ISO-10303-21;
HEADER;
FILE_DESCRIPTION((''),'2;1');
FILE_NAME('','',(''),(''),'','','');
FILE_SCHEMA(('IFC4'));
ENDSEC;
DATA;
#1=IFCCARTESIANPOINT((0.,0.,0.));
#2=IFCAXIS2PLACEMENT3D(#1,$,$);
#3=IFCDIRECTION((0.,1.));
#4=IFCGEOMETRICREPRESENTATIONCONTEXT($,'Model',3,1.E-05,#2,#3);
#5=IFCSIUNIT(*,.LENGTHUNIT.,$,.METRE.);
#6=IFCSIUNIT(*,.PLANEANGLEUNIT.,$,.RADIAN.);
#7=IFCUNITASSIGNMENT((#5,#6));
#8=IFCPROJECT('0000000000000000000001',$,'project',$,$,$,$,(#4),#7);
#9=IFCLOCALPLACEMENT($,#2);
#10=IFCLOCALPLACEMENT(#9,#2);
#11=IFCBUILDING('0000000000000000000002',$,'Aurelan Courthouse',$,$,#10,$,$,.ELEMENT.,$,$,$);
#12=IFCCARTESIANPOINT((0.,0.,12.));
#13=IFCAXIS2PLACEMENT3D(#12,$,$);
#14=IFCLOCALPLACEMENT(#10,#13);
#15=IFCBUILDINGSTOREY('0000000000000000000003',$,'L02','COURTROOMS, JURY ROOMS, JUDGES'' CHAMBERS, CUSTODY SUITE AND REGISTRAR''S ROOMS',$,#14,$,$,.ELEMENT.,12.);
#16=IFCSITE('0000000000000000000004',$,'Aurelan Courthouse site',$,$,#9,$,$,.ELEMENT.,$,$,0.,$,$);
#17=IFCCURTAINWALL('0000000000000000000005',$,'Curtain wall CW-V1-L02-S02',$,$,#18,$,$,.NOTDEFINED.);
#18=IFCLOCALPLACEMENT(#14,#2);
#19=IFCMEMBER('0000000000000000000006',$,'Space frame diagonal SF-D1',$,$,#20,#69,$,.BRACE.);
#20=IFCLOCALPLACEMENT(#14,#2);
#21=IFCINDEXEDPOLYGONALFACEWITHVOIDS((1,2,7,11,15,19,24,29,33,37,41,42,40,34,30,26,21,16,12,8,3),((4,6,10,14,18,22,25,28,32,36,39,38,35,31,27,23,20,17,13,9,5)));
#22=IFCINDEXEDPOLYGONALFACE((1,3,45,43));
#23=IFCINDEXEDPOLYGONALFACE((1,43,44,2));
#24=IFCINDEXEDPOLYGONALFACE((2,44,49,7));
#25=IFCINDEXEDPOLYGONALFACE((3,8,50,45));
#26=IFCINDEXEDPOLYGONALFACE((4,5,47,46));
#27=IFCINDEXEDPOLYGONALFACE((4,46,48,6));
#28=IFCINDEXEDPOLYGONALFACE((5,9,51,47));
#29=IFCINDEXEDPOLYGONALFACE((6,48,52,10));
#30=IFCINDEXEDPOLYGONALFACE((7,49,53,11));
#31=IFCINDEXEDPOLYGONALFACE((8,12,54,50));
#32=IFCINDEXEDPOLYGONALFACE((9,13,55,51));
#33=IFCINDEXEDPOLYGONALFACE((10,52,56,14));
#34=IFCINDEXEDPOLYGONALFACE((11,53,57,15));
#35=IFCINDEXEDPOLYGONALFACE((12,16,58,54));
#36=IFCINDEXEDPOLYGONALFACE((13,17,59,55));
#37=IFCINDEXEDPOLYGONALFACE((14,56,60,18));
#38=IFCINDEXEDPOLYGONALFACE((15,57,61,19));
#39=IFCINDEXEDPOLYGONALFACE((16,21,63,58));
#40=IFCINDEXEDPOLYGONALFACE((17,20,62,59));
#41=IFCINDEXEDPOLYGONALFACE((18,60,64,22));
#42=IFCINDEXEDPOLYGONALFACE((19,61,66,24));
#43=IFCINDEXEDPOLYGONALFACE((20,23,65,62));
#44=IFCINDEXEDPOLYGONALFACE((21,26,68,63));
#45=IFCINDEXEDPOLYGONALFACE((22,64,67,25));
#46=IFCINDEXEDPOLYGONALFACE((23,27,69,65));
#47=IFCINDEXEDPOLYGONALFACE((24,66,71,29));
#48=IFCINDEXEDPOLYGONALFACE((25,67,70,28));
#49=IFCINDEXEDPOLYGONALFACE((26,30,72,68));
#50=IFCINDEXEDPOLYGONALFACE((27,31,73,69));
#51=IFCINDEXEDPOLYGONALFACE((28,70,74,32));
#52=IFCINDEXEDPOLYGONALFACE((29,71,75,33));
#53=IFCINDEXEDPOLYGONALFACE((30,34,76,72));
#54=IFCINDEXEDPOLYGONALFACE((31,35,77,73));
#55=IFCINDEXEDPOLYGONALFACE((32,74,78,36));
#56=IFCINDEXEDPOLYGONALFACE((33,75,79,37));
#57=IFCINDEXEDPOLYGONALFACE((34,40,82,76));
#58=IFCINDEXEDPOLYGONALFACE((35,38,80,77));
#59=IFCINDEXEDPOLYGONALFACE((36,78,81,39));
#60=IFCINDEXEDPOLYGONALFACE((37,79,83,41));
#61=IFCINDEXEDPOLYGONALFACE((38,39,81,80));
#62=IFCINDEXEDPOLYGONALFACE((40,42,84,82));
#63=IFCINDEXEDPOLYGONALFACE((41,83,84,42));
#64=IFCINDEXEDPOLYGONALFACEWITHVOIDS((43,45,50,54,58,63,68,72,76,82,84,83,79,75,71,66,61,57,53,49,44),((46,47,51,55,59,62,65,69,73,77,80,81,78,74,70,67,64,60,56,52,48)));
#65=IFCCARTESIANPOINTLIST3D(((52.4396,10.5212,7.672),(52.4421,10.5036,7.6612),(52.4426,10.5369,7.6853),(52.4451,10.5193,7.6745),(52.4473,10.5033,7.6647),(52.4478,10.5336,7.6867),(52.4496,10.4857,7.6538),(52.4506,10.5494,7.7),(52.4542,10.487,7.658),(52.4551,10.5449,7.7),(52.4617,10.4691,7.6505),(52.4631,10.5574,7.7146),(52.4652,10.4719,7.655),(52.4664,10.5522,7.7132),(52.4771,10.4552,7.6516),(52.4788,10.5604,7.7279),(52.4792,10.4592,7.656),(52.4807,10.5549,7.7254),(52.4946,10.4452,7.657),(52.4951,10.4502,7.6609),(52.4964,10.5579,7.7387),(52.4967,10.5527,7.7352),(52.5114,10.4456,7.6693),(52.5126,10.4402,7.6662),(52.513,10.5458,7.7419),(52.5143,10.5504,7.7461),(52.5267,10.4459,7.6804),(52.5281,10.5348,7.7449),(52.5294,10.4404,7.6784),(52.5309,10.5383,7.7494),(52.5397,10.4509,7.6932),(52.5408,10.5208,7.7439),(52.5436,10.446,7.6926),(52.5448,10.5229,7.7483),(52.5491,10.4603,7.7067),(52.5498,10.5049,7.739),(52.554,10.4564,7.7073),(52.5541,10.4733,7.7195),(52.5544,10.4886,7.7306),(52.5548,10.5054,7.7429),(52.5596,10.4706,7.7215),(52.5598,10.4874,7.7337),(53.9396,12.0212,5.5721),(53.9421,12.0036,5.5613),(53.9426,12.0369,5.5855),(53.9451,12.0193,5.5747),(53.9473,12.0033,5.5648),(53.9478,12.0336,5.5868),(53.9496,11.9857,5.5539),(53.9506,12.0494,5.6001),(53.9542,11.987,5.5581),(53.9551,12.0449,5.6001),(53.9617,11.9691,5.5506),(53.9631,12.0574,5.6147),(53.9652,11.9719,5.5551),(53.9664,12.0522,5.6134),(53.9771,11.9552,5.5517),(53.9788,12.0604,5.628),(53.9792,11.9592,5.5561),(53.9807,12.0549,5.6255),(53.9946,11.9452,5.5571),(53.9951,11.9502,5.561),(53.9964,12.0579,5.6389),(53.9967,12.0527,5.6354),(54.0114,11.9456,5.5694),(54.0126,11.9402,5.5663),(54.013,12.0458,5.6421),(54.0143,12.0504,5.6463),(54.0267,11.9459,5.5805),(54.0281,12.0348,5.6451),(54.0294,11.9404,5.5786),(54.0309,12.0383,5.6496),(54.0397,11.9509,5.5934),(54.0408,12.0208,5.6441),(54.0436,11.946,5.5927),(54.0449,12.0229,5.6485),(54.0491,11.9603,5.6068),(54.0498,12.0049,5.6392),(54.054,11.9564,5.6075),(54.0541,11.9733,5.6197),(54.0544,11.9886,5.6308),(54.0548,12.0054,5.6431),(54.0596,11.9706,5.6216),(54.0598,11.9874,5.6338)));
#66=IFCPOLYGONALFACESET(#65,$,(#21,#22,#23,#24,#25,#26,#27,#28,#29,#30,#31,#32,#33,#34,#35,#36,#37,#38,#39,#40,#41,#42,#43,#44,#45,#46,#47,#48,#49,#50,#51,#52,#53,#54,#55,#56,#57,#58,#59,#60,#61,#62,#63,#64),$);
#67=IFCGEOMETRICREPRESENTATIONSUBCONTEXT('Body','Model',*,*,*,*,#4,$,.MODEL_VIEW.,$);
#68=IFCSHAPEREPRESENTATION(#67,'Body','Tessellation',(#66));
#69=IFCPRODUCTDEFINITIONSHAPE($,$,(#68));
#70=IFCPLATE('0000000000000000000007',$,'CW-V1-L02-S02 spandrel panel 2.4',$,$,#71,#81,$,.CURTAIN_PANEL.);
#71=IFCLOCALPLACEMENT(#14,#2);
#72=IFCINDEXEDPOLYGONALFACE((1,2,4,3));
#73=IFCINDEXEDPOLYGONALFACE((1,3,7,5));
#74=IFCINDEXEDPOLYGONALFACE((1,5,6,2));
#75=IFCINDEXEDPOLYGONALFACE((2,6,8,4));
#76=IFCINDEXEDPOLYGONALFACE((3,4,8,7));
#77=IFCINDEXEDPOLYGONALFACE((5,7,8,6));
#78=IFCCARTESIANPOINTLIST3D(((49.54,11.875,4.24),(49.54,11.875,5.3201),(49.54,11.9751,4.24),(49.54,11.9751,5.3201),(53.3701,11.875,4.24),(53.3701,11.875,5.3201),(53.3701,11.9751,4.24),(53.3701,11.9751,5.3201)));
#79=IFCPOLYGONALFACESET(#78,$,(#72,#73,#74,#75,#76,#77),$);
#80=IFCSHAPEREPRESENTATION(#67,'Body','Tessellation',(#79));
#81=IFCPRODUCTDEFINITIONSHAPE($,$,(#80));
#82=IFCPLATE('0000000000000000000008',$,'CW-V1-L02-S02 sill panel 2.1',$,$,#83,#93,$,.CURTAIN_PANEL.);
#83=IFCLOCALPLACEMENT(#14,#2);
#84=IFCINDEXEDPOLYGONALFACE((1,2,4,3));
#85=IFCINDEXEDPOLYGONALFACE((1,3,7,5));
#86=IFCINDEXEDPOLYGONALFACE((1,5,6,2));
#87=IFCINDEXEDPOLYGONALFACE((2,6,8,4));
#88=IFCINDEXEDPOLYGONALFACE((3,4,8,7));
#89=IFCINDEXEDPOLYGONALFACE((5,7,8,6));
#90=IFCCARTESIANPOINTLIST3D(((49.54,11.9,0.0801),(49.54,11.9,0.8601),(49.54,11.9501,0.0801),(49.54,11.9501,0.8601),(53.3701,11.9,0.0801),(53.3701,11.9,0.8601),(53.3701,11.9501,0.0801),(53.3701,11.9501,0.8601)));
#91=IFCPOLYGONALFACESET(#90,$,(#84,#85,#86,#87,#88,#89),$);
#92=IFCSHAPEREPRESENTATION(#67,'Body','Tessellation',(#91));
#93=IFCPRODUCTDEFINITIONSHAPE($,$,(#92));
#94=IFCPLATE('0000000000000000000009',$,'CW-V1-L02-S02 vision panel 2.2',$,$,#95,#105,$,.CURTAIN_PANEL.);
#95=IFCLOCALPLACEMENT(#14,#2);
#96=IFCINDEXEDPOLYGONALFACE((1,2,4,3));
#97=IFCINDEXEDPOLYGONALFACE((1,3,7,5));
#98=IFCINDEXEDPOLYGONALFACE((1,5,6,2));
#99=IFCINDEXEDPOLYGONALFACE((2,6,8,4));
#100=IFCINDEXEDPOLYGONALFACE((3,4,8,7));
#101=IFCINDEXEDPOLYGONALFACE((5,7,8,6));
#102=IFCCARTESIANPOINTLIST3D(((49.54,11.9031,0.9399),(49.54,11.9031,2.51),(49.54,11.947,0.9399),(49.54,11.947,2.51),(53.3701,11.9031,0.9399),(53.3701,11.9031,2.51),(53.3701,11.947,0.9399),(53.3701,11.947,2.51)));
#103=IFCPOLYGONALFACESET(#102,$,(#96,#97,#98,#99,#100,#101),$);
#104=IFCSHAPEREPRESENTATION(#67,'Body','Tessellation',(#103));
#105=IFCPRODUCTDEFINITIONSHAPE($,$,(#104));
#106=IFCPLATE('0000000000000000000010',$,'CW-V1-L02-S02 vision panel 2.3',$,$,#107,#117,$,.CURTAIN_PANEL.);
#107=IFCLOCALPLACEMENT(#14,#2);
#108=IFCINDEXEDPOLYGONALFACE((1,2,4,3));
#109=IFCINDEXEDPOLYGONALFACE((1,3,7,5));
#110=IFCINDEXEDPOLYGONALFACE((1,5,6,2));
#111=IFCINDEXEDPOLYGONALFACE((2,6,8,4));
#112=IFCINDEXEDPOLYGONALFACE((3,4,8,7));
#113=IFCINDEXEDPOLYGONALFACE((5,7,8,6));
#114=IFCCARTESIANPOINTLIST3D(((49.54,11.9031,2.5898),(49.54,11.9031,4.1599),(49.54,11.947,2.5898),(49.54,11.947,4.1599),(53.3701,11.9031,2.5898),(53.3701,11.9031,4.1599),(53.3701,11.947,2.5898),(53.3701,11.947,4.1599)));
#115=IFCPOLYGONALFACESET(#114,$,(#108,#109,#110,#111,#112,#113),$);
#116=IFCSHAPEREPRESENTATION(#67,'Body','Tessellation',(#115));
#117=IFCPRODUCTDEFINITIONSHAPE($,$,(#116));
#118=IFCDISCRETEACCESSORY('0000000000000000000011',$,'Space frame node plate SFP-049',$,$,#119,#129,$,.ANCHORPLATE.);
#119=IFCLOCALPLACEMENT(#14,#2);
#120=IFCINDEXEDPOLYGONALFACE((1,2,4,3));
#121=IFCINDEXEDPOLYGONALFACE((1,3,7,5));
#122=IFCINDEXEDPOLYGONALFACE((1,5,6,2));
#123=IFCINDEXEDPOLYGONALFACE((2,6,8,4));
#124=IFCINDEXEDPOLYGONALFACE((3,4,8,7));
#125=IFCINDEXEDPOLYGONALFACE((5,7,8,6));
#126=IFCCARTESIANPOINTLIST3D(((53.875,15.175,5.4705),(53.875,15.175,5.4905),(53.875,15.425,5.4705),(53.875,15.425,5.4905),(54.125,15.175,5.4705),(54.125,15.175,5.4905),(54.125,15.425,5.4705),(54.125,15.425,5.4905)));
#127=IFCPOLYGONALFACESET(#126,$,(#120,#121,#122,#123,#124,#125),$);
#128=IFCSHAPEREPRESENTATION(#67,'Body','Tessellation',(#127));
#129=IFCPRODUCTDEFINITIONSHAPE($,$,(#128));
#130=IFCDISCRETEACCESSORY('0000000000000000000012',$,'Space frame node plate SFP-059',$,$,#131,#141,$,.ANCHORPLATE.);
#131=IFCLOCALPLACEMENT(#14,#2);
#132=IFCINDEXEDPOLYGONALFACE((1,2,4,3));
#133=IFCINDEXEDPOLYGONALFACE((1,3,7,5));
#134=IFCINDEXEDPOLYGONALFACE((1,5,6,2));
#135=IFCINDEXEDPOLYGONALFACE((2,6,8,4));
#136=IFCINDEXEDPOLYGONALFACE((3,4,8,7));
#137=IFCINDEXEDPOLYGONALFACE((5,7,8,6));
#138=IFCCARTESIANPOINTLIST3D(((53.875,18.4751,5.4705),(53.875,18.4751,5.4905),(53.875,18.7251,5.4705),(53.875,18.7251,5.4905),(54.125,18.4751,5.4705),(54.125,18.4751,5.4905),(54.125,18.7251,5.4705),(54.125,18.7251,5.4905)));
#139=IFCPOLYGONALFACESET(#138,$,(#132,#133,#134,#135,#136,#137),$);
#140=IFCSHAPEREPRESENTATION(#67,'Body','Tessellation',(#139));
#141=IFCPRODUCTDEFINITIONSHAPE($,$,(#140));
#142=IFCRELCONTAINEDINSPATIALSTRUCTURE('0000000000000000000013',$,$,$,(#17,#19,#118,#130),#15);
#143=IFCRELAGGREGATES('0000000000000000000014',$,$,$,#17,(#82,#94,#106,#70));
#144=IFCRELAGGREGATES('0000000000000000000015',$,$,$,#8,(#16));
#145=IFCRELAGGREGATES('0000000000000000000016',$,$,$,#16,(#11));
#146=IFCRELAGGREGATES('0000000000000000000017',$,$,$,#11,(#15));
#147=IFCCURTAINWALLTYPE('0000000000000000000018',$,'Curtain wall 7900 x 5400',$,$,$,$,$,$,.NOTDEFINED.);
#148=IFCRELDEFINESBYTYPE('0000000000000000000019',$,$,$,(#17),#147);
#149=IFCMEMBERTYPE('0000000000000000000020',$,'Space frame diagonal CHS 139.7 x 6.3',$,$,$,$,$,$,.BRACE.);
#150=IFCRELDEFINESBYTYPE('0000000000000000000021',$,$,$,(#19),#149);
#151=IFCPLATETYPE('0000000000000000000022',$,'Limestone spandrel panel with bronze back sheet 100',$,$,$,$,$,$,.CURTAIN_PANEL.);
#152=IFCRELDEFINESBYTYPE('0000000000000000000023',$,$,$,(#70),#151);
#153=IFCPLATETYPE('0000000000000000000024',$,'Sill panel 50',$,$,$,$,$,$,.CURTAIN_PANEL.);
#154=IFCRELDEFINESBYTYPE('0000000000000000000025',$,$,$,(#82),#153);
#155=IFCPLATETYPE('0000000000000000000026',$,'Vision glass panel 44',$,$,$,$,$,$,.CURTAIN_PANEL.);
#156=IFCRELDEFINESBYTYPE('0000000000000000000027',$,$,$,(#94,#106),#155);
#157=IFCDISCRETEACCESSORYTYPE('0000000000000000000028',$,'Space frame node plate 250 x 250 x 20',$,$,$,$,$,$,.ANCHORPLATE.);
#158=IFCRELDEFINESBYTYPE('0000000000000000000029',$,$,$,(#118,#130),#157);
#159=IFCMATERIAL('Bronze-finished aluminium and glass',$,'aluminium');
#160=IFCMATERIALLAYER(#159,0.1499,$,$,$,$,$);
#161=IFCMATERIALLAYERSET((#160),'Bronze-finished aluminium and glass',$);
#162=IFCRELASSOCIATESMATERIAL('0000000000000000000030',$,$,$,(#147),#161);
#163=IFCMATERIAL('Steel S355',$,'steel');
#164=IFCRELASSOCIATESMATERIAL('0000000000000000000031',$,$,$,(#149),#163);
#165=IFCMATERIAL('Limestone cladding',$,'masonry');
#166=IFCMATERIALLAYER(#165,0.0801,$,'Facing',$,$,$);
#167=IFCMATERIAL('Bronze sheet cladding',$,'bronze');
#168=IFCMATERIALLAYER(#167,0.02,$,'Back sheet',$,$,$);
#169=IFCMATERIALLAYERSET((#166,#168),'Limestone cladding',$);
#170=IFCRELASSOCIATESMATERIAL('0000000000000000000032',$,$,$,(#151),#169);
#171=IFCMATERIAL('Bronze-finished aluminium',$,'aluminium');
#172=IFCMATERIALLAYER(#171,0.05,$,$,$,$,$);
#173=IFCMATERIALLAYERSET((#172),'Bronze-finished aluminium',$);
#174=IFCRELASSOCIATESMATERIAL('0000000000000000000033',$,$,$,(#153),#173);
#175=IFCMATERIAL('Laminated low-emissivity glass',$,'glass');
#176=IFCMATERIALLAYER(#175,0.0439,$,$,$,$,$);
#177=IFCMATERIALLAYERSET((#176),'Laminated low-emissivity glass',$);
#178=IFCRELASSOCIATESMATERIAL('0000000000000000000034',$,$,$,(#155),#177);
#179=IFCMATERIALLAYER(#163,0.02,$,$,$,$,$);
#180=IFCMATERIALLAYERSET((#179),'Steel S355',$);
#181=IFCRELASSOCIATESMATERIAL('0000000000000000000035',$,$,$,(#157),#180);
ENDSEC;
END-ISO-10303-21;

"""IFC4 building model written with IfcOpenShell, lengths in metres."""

from ifc_helpers import new_model, si_unit, direction, frame, origin, origin_2d, place, context, subcontext, project, spatial, rectangle, hollow_circle, extrude, material, layer, layer_set, material_profile, profile_set, type_object, element, aggregate, save


model = new_model("IFC4")

# Units and contexts
model_context = context("Model", 3, precision=1e-05, world=origin(), true_north=direction((0.0, 1.0)))
body_context = subcontext(model_context, "Body", "Model", "MODEL_VIEW")
ifc_project = project(units=[si_unit("LENGTHUNIT", "METRE"), si_unit("PLANEANGLEUNIT", "RADIAN")], contexts=[model_context])

# Site, building, storey
site_placement = place(None, origin())
site = spatial("IfcSite", under=ifc_project, at=site_placement, Name="Aurelan Courthouse site", CompositionType="ELEMENT", RefElevation=0.0)
building_placement = place(site_placement, origin())
building = spatial("IfcBuilding", under=site, at=building_placement, Name="Aurelan Courthouse", CompositionType="ELEMENT")
storey_placement = place(building_placement, frame((0.0, 0.0, 12.0)))
storey = spatial("IfcBuildingStorey", under=building, at=storey_placement, Name="L02", Description="COURTROOMS, JURY ROOMS, JUDGES' CHAMBERS, CUSTODY SUITE AND REGISTRAR'S ROOMS", CompositionType="ELEMENT", Elevation=12.0)

# Shared definitions
ifc_material_1 = material(Name="Steel S355", Category="steel")

# Curtain wall
ifc_material_2 = material(Name="Bronze-finished aluminium and glass", Category="aluminium")
ifc_layer_1 = layer(ifc_material_2, 0.1499)
ifc_layer_set_1 = layer_set([ifc_layer_1], Name="Bronze-finished aluminium and glass")
curtain_wall_type = type_object("IfcCurtainWallType", Name="Curtain wall 7900 x 5400", PredefinedType="NOTDEFINED", material=ifc_layer_set_1)
curtain_wall_1_placement = place(storey_placement, origin())
curtain_wall_1 = element("IfcCurtainWall", 1, at=curtain_wall_1_placement, inside=storey, type_object=curtain_wall_type, Name="Curtain wall CW-V1-L02-S02", PredefinedType="NOTDEFINED")
ifc_material_3 = material(Name="Bronze-finished aluminium", Category="aluminium")

# Member
ifc_material_profile_1 = material_profile(ifc_material_1, hollow_circle(Radius=0.0698, WallThickness=0.0063, at=origin_2d()), Name="CHS 139.7 x 6.3")
ifc_profile_set_1 = profile_set([ifc_material_profile_1], Name="Steel S355")
member_type_1 = type_object("IfcMemberType", Name="Space frame diagonal CHS 139.7 x 6.3", PredefinedType="BRACE", material=ifc_profile_set_1)
member_1_placement = place(storey_placement, frame((52.5, 10.5, 7.7), z_axis=(0.502536, 0.502536, -0.703502), x_axis=(-0.707107, 0.707107, 0.0)))
element("IfcMember", 2, at=member_1_placement, inside=storey, type_object=member_type_1, Name="Space frame diagonal SF-D1", PredefinedType="BRACE", context=body_context, shape_type="SweptSolid", body=[
    extrude(hollow_circle(Radius=0.0698, WallThickness=0.0063, at=origin_2d()), origin(), (0.0, 0.0, 1.0), 2.9849),
])

# Plates
ifc_material_4 = material(Name="Limestone cladding", Category="masonry")
ifc_layer_2 = layer(ifc_material_4, 0.0801, Name="Facing")
ifc_material_5 = material(Name="Bronze sheet cladding", Category="bronze")
ifc_layer_3 = layer(ifc_material_5, 0.02, Name="Back sheet")
ifc_layer_set_2 = layer_set([ifc_layer_2, ifc_layer_3], Name="Limestone cladding")
plate_type_1 = type_object("IfcPlateType", Name="Limestone spandrel panel with bronze back sheet 100", PredefinedType="CURTAIN_PANEL", material=ifc_layer_set_2)
plate_1_placement = place(storey_placement, frame((51.4551, 11.925, 4.24), z_axis=(0.0, 0.0, 1.0), x_axis=(1.0, 0.0, 0.0)))
plate_1 = element("IfcPlate", 3, at=plate_1_placement, type_object=plate_type_1, Name="CW-V1-L02-S02 spandrel panel 2.4", PredefinedType="CURTAIN_PANEL", context=body_context, shape_type="SweptSolid", body=[
    extrude(rectangle(XDim=3.8301, YDim=0.1001, at=origin_2d()), origin(), (0.0, 0.0, 1.0), 1.0801),
])
ifc_layer_4 = layer(ifc_material_3, 0.05)
ifc_layer_set_3 = layer_set([ifc_layer_4], Name="Bronze-finished aluminium")
plate_type_2 = type_object("IfcPlateType", Name="Sill panel 50", PredefinedType="CURTAIN_PANEL", material=ifc_layer_set_3)
plate_2_placement = place(storey_placement, frame((51.4551, 11.925, 0.0801), z_axis=(0.0, 0.0, 1.0), x_axis=(1.0, 0.0, 0.0)))
plate_2 = element("IfcPlate", 4, at=plate_2_placement, type_object=plate_type_2, Name="CW-V1-L02-S02 sill panel 2.1", PredefinedType="CURTAIN_PANEL", context=body_context, shape_type="SweptSolid", body=[
    extrude(rectangle(XDim=3.8301, YDim=0.05, at=origin_2d()), origin(), (0.0, 0.0, 1.0), 0.78),
])
ifc_material_6 = material(Name="Laminated low-emissivity glass", Category="glass")
ifc_layer_5 = layer(ifc_material_6, 0.0439)
ifc_layer_set_4 = layer_set([ifc_layer_5], Name="Laminated low-emissivity glass")
plate_type_3 = type_object("IfcPlateType", Name="Vision glass panel 44", PredefinedType="CURTAIN_PANEL", material=ifc_layer_set_4)
plate_3_placement = place(storey_placement, frame((51.4551, 11.925, 0.9399), z_axis=(0.0, 0.0, 1.0), x_axis=(1.0, 0.0, 0.0)))
plate_3 = element("IfcPlate", 5, at=plate_3_placement, type_object=plate_type_3, Name="CW-V1-L02-S02 vision panel 2.2", PredefinedType="CURTAIN_PANEL", context=body_context, shape_type="SweptSolid", body=[
    extrude(rectangle(XDim=3.8301, YDim=0.0439, at=origin_2d()), origin(), (0.0, 0.0, 1.0), 1.5701),
])
plate_4_placement = place(storey_placement, frame((51.4551, 11.925, 2.5898), z_axis=(0.0, 0.0, 1.0), x_axis=(1.0, 0.0, 0.0)))
plate_4 = element("IfcPlate", 6, at=plate_4_placement, type_object=plate_type_3, Name="CW-V1-L02-S02 vision panel 2.3", PredefinedType="CURTAIN_PANEL", context=body_context, shape_type="SweptSolid", body=[
    extrude(rectangle(XDim=3.8301, YDim=0.0439, at=origin_2d()), origin(), (0.0, 0.0, 1.0), 1.5701),
])
aggregate(curtain_wall_1, [plate_2, plate_3, plate_4, plate_1])

# Discrete accessories
ifc_layer_6 = layer(ifc_material_1, 0.02)
ifc_layer_set_5 = layer_set([ifc_layer_6], Name="Steel S355")
discrete_accessory_type = type_object("IfcDiscreteAccessoryType", Name="Space frame node plate 250 x 250 x 20", PredefinedType="ANCHORPLATE", material=ifc_layer_set_5)
for number, where, z_axis, x_axis, name in (
    (7, (54.0, 15.3, 5.4705), (0.0, 0.0, 1.0), (1.0, 0.0, 0.0), "Space frame node plate SFP-049"),
    (8, (54.0, 18.6001, 5.4705), (0.0, 0.0, 1.0), (1.0, 0.0, 0.0), "Space frame node plate SFP-059"),
):
    element("IfcDiscreteAccessory", number, at=place(storey_placement, frame(where, z_axis=z_axis, x_axis=x_axis)), inside=storey, type_object=discrete_accessory_type, Name=name, PredefinedType="ANCHORPLATE", context=body_context, shape_type="SweptSolid", body=[
        extrude(rectangle(XDim=0.25, YDim=0.25, at=origin_2d()), origin(), (0.0, 0.0, 1.0), 0.02),
    ])

save(model, "model.ifc")
